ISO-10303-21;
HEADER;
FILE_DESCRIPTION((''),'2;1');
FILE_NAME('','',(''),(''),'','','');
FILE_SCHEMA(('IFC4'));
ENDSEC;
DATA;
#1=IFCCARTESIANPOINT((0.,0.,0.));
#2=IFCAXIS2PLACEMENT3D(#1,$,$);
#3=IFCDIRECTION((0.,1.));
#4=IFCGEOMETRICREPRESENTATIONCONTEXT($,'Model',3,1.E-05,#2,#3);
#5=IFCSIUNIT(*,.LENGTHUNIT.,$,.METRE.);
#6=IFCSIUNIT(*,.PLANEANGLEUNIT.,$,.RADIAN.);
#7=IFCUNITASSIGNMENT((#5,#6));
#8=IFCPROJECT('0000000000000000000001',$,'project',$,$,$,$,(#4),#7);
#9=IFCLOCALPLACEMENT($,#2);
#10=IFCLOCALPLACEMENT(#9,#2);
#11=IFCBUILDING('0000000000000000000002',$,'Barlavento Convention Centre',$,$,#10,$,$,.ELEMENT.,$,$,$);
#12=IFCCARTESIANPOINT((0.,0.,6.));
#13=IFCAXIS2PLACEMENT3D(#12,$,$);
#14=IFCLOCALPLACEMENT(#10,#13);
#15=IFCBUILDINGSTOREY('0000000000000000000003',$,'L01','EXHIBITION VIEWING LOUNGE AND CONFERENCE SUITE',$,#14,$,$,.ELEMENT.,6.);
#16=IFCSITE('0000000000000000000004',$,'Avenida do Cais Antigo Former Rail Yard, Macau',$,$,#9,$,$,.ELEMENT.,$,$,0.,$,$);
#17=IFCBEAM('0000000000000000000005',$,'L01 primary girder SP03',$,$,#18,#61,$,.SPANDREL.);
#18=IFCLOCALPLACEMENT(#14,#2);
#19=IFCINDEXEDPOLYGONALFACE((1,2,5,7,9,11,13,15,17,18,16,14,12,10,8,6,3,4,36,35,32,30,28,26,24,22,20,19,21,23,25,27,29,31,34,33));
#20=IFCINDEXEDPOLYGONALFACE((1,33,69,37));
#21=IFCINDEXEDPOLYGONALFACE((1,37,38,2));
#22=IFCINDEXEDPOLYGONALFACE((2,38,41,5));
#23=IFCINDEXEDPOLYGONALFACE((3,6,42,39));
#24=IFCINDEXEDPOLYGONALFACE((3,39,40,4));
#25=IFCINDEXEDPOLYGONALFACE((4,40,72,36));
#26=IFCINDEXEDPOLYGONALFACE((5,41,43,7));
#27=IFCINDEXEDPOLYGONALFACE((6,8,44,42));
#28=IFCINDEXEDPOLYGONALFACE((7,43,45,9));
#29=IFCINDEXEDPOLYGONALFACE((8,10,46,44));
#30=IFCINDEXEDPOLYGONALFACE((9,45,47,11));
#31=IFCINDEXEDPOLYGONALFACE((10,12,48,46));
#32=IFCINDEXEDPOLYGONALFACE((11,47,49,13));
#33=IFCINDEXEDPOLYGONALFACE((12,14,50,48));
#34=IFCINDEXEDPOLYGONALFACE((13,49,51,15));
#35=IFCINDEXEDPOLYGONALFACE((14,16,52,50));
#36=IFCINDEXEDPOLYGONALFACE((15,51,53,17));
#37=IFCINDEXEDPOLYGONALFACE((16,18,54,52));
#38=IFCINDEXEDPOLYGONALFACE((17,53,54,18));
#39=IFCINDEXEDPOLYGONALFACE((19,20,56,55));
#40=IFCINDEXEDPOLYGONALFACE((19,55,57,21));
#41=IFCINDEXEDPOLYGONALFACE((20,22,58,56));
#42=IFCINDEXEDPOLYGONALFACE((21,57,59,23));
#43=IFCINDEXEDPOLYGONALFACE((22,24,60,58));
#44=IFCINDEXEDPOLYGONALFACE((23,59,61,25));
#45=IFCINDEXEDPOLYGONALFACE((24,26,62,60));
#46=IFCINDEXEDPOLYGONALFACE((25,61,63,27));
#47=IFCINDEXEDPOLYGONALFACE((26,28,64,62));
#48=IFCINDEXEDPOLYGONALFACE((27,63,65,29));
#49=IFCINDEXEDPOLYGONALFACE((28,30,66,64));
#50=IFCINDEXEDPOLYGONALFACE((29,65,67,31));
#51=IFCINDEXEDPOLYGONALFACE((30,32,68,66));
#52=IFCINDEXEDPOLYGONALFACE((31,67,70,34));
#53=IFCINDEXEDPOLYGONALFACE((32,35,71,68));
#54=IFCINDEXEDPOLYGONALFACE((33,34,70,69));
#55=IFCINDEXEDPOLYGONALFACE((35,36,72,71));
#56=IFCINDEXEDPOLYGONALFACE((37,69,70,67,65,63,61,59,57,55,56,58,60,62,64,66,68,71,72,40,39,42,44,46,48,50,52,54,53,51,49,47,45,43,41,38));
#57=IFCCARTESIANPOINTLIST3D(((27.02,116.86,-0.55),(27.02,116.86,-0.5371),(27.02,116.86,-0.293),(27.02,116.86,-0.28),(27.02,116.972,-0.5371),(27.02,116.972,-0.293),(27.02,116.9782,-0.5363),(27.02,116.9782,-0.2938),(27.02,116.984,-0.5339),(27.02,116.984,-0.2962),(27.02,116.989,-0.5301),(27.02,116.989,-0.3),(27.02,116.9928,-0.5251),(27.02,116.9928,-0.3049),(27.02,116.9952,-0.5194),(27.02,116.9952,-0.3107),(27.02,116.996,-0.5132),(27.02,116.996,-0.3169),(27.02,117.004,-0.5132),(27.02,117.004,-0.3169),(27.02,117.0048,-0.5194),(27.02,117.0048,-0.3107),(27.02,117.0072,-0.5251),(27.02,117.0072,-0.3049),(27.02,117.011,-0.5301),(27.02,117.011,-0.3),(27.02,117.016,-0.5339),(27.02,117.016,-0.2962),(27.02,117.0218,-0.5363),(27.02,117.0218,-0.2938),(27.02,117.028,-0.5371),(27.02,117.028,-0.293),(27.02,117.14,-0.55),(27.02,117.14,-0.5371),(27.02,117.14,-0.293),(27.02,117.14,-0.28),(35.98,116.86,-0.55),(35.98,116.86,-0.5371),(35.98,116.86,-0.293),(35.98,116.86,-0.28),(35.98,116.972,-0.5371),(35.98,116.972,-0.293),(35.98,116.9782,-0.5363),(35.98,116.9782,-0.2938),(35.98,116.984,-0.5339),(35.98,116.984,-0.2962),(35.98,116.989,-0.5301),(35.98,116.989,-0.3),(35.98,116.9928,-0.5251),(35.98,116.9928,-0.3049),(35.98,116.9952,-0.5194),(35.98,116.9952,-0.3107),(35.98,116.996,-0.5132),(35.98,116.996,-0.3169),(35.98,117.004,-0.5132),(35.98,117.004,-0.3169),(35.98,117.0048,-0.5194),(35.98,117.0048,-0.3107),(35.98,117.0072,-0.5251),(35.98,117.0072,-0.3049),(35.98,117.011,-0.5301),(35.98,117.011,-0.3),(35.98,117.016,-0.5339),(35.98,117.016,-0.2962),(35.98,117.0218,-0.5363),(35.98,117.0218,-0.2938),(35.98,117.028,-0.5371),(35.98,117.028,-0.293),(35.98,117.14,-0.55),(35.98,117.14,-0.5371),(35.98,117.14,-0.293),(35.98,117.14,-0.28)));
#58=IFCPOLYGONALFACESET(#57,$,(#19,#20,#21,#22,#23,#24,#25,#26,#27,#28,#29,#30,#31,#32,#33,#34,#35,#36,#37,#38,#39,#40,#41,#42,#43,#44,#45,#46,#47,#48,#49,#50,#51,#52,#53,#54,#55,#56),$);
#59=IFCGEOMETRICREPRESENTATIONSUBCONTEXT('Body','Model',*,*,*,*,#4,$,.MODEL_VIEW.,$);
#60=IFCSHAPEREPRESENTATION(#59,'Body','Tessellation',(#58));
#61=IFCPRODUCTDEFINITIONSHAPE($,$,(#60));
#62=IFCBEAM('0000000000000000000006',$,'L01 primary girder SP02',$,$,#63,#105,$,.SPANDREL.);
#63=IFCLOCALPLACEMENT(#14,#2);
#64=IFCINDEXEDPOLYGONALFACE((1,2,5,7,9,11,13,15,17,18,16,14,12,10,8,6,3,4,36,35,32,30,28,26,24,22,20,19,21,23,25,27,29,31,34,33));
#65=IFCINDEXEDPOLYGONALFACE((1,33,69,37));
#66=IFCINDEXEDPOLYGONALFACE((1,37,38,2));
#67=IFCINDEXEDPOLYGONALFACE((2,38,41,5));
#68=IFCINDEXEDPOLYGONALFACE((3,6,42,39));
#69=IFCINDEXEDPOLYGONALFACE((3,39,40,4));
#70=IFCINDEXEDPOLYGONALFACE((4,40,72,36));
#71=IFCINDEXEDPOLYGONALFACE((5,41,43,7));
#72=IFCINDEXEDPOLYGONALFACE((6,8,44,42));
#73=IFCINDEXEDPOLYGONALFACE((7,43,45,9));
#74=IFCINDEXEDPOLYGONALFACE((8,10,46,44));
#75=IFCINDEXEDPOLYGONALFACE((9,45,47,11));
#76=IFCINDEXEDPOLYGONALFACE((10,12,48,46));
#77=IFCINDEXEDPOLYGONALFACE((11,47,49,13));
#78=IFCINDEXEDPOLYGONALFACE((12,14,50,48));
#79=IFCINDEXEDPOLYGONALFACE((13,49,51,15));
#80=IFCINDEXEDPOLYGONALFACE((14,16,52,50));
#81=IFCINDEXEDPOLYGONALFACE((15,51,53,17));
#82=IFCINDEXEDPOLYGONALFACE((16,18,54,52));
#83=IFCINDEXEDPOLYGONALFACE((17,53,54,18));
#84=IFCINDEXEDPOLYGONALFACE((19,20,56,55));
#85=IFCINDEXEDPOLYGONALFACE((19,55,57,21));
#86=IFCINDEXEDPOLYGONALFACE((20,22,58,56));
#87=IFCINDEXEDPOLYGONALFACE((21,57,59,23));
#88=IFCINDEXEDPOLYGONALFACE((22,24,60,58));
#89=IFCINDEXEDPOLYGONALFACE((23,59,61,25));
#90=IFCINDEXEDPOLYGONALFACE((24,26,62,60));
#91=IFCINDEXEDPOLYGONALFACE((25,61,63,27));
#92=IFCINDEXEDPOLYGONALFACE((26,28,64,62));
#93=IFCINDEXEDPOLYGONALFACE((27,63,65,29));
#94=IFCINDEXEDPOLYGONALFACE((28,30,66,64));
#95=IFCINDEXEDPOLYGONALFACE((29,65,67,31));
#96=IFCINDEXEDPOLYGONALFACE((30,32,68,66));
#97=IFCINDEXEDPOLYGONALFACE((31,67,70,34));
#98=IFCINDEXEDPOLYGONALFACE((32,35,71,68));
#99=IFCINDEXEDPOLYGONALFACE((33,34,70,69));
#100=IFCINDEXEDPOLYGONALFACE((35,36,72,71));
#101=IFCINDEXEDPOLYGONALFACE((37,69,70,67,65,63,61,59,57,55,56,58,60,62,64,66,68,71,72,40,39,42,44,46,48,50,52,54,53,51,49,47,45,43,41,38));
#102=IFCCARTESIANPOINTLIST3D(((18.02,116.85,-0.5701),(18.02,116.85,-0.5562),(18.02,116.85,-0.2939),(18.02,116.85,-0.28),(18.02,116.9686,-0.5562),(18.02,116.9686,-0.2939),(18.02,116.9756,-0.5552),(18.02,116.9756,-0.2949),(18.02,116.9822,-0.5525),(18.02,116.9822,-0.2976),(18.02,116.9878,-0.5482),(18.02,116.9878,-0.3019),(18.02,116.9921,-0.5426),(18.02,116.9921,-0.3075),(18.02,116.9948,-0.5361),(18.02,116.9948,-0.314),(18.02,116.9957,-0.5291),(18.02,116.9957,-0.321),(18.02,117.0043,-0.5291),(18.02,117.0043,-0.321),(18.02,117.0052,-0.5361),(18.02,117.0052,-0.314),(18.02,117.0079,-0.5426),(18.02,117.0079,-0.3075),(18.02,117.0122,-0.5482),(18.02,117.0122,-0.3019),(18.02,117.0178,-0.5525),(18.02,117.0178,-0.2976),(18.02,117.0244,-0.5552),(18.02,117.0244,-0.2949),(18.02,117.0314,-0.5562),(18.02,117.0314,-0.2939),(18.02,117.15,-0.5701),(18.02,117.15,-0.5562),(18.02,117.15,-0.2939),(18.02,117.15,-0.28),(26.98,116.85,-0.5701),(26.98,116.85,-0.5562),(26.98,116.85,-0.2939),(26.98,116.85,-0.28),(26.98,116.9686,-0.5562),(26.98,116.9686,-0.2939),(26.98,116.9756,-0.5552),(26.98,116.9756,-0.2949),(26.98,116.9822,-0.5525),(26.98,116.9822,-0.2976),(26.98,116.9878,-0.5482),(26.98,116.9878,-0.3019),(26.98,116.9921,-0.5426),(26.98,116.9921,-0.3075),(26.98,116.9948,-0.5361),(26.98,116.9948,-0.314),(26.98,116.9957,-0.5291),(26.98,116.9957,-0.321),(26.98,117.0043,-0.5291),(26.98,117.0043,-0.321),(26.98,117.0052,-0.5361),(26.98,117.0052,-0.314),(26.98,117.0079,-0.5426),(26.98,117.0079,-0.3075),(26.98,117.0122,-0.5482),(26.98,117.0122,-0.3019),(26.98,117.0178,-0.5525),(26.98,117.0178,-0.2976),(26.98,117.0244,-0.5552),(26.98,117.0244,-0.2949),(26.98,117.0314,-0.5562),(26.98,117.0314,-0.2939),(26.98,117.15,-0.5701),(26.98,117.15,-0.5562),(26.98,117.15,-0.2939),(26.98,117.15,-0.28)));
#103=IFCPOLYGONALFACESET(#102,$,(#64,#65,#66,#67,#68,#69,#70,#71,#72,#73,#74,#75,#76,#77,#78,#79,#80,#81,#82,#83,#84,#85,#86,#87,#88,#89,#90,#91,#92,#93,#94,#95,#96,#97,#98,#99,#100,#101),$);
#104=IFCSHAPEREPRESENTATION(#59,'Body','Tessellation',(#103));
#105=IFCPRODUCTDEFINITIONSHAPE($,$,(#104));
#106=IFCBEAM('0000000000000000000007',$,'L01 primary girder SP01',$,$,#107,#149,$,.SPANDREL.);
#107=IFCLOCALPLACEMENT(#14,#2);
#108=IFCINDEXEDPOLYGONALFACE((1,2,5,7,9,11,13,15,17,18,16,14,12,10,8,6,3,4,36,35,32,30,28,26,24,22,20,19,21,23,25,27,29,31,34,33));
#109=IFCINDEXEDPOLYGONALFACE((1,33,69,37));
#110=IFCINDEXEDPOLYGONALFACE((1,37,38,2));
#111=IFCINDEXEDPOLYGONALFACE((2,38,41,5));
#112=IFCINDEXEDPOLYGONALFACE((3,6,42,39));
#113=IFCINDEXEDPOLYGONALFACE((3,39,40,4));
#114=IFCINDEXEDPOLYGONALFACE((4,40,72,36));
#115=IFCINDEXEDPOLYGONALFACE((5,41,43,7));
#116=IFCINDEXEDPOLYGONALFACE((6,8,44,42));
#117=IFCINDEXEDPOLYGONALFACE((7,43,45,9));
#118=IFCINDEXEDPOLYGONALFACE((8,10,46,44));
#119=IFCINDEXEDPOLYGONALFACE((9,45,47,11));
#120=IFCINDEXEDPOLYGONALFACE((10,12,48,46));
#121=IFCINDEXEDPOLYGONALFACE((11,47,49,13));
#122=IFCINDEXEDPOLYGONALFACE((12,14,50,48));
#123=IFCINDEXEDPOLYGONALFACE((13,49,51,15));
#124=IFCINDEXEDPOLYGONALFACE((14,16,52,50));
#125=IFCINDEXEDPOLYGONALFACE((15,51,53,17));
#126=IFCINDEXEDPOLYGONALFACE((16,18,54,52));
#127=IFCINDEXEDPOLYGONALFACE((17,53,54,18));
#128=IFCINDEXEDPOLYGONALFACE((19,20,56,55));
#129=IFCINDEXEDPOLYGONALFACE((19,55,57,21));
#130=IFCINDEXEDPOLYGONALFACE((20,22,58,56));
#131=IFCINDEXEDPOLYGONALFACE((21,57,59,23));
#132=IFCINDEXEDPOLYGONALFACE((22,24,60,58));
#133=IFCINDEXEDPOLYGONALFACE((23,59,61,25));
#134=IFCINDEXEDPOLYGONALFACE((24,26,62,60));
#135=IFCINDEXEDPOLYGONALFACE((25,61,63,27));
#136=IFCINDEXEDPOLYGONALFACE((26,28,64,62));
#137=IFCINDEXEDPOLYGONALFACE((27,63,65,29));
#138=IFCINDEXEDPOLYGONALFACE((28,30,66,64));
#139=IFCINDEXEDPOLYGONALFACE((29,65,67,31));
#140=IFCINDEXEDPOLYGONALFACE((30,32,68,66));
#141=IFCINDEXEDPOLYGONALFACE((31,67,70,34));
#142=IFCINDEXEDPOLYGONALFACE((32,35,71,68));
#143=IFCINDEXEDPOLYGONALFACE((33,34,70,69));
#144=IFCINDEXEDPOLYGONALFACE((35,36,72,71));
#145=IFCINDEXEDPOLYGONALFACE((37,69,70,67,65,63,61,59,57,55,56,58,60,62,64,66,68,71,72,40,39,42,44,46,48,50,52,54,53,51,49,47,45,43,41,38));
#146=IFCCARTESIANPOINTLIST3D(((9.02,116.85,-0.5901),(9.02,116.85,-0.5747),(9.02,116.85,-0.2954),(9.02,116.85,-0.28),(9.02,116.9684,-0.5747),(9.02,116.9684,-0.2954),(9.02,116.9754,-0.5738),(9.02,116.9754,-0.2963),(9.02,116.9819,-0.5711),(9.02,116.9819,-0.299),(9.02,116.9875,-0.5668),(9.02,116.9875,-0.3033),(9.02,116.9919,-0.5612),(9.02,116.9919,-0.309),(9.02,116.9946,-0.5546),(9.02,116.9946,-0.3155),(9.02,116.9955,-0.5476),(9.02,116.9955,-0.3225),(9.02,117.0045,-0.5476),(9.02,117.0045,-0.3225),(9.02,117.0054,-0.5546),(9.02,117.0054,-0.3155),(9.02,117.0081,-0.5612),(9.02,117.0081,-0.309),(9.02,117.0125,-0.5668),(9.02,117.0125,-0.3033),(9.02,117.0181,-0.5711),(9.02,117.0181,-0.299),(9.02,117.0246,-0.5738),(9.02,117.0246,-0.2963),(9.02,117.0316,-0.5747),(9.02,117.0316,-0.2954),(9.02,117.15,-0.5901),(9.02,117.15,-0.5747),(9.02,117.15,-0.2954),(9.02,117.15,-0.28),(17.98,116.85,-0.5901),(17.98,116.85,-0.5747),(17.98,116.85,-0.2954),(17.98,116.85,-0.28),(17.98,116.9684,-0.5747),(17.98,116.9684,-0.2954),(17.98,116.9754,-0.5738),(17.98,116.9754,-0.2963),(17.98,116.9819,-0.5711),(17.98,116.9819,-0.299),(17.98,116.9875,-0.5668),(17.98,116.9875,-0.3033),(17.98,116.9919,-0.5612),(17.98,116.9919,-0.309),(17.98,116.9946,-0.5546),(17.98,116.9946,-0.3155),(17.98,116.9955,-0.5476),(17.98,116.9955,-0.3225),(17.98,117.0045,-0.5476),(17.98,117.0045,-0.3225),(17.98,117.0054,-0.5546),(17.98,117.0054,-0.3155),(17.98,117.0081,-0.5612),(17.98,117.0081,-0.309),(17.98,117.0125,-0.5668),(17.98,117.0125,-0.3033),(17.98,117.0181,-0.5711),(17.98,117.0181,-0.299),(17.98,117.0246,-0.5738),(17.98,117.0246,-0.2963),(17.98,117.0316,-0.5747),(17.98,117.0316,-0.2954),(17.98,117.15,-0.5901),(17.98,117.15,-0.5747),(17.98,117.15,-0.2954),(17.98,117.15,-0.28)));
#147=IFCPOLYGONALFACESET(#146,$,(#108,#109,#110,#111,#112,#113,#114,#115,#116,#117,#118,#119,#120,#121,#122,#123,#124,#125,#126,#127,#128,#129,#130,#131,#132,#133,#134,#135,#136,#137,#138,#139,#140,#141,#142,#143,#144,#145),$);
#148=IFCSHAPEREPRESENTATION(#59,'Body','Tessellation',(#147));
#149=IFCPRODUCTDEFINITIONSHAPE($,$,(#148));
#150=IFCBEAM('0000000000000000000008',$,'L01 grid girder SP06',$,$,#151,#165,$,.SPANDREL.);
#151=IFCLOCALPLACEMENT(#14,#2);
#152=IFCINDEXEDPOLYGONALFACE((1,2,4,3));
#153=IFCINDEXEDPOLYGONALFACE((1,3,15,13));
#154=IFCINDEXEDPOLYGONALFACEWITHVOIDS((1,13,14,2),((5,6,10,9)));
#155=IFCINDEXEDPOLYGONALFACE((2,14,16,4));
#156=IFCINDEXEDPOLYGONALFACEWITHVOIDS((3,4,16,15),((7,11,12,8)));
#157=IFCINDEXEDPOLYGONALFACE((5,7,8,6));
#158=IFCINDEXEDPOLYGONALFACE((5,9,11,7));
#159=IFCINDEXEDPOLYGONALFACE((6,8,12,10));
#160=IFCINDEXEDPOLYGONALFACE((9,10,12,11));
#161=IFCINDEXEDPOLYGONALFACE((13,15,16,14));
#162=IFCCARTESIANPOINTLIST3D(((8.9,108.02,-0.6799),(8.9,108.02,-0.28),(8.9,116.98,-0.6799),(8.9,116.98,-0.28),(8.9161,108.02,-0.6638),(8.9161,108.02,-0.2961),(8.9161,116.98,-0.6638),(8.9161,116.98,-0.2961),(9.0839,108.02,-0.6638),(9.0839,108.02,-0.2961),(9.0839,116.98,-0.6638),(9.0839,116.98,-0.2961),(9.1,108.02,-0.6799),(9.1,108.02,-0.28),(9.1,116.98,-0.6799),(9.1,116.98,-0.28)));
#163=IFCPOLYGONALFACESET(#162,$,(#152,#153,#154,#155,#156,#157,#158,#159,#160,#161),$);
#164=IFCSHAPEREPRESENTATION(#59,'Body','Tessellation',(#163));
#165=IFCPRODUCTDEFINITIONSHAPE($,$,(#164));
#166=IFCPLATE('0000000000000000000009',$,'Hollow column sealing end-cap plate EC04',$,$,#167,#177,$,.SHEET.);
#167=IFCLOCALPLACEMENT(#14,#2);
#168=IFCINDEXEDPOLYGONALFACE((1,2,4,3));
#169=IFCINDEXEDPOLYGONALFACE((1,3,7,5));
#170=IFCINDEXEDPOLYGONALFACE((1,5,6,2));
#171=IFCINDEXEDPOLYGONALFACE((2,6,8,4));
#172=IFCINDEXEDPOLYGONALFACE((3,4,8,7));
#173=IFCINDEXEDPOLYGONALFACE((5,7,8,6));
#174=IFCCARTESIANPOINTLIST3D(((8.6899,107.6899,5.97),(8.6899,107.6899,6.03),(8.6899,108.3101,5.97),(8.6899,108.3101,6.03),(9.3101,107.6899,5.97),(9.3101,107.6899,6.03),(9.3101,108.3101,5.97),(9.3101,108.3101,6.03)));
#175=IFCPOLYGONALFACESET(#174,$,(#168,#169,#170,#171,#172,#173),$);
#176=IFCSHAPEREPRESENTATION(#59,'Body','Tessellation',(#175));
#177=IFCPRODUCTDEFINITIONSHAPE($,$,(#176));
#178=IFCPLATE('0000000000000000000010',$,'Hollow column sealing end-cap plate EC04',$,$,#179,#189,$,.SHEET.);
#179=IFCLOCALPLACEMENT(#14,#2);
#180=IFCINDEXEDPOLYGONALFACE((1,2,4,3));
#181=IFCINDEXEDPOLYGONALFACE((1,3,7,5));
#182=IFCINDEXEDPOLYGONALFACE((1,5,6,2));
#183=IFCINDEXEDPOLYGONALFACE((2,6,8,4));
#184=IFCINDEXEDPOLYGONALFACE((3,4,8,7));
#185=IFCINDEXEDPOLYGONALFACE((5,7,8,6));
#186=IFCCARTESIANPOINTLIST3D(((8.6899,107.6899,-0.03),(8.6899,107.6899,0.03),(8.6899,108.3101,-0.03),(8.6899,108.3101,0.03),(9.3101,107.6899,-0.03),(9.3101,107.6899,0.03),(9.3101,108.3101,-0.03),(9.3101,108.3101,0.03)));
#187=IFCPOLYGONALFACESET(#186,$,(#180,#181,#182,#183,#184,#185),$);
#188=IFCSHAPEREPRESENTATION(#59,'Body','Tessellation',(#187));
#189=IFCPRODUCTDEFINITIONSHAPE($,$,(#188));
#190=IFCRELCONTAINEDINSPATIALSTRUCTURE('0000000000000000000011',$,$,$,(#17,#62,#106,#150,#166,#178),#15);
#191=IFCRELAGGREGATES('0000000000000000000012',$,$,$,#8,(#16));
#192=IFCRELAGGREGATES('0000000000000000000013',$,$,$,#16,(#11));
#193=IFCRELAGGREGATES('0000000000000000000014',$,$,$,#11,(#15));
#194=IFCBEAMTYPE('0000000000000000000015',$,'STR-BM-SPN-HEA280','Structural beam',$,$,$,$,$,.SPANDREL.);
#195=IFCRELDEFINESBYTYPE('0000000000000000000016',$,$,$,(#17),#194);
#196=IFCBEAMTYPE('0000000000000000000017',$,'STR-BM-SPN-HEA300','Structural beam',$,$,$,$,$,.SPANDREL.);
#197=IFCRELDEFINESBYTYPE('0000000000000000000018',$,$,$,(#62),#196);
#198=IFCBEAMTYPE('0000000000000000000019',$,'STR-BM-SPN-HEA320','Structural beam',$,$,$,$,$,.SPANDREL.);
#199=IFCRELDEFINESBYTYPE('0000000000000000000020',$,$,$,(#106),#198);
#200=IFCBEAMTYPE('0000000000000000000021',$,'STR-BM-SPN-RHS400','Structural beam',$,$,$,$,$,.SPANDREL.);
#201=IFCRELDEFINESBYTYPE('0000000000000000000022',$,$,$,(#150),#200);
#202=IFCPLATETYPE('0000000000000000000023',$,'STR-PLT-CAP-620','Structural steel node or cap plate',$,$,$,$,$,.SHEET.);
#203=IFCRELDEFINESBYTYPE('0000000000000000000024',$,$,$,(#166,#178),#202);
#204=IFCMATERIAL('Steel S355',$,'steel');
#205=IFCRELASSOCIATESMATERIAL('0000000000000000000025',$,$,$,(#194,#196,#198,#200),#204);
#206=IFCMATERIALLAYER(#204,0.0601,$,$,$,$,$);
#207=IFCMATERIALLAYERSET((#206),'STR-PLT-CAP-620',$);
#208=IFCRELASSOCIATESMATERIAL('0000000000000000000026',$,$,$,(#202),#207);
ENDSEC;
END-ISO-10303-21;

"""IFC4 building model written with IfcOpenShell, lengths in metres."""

from ifc_helpers import new_model, si_unit, direction, frame, origin, origin_2d, place, context, subcontext, project, spatial, rectangle, hollow_rectangle, i_section, extrude, material, layer, layer_set, material_profile, profile_set, type_object, element, save


model = new_model("IFC4")

# Units and contexts
model_context = context("Model", 3, precision=1e-05, world=origin(), true_north=direction((0.0, 1.0)))
body_context = subcontext(model_context, "Body", "Model", "MODEL_VIEW")
ifc_project = project(units=[si_unit("LENGTHUNIT", "METRE"), si_unit("PLANEANGLEUNIT", "RADIAN")], contexts=[model_context])

# Site, building, storey
site_placement = place(None, origin())
site = spatial("IfcSite", under=ifc_project, at=site_placement, Name="Avenida do Cais Antigo Former Rail Yard, Macau", CompositionType="ELEMENT", RefElevation=0.0)
building_placement = place(site_placement, origin())
building = spatial("IfcBuilding", under=site, at=building_placement, Name="Barlavento Convention Centre", CompositionType="ELEMENT")
storey_placement = place(building_placement, frame((0.0, 0.0, 6.0)))
storey = spatial("IfcBuildingStorey", under=building, at=storey_placement, Name="L01", Description="EXHIBITION VIEWING LOUNGE AND CONFERENCE SUITE", CompositionType="ELEMENT", Elevation=6.0)

# Shared definitions
ifc_material_1 = material(Name="Steel S355", Category="steel")

# Beams
ifc_material_profile_1 = material_profile(ifc_material_1, i_section(OverallWidth=0.28, OverallDepth=0.27, WebThickness=0.0081, FlangeThickness=0.0129, FilletRadius=0.0239, at=origin_2d()), Name="HEA 280")
ifc_profile_set_1 = profile_set([ifc_material_profile_1], Name="Steel S355")
beam_type_1 = type_object("IfcBeamType", Name="STR-BM-SPN-HEA280", Description="Structural beam", PredefinedType="SPANDREL", material=ifc_profile_set_1)
beam_1_placement = place(storey_placement, frame((27.02, 117.0, -0.415), z_axis=(1.0, 0.0, 0.0), x_axis=(0.0, 1.0, 0.0)))
element("IfcBeam", 1, at=beam_1_placement, inside=storey, type_object=beam_type_1, Name="L01 primary girder SP03", PredefinedType="SPANDREL", context=body_context, shape_type="SweptSolid", body=[
    extrude(i_section(OverallWidth=0.28, OverallDepth=0.27, WebThickness=0.0081, FlangeThickness=0.0129, FilletRadius=0.0239, at=origin_2d()), origin(), (0.0, 0.0, 1.0), 8.96),
])
ifc_material_profile_2 = material_profile(ifc_material_1, i_section(OverallWidth=0.3, OverallDepth=0.29, WebThickness=0.0085, FlangeThickness=0.0139, FilletRadius=0.0271, at=origin_2d()), Name="HEA 300")
ifc_profile_set_2 = profile_set([ifc_material_profile_2], Name="Steel S355")
beam_type_2 = type_object("IfcBeamType", Name="STR-BM-SPN-HEA300", Description="Structural beam", PredefinedType="SPANDREL", material=ifc_profile_set_2)
beam_2_placement = place(storey_placement, frame((18.02, 117.0, -0.425), z_axis=(1.0, 0.0, 0.0), x_axis=(0.0, 1.0, 0.0)))
element("IfcBeam", 2, at=beam_2_placement, inside=storey, type_object=beam_type_2, Name="L01 primary girder SP02", PredefinedType="SPANDREL", context=body_context, shape_type="SweptSolid", body=[
    extrude(i_section(OverallWidth=0.3, OverallDepth=0.29, WebThickness=0.0085, FlangeThickness=0.0139, FilletRadius=0.0271, at=origin_2d()), origin(), (0.0, 0.0, 1.0), 8.96),
])
ifc_material_profile_3 = material_profile(ifc_material_1, i_section(OverallWidth=0.3, OverallDepth=0.3101, WebThickness=0.009, FlangeThickness=0.0154, FilletRadius=0.0271, at=origin_2d()), Name="HEA 320")
ifc_profile_set_3 = profile_set([ifc_material_profile_3], Name="Steel S355")
beam_type_3 = type_object("IfcBeamType", Name="STR-BM-SPN-HEA320", Description="Structural beam", PredefinedType="SPANDREL", material=ifc_profile_set_3)
beam_3_placement = place(storey_placement, frame((9.02, 117.0, -0.4351), z_axis=(1.0, 0.0, 0.0), x_axis=(0.0, 1.0, 0.0)))
element("IfcBeam", 3, at=beam_3_placement, inside=storey, type_object=beam_type_3, Name="L01 primary girder SP01", PredefinedType="SPANDREL", context=body_context, shape_type="SweptSolid", body=[
    extrude(i_section(OverallWidth=0.3, OverallDepth=0.3101, WebThickness=0.009, FlangeThickness=0.0154, FilletRadius=0.0271, at=origin_2d()), origin(), (0.0, 0.0, 1.0), 8.96),
])
ifc_material_profile_4 = material_profile(ifc_material_1, hollow_rectangle(XDim=0.2, YDim=0.3999, WallThickness=0.0161, at=origin_2d()), Name="RHS 400x200x16.0")
ifc_profile_set_4 = profile_set([ifc_material_profile_4], Name="Steel S355")
beam_type_4 = type_object("IfcBeamType", Name="STR-BM-SPN-RHS400", Description="Structural beam", PredefinedType="SPANDREL", material=ifc_profile_set_4)
beam_4_placement = place(storey_placement, frame((9.0, 108.02, -0.48), z_axis=(0.0, 1.0, 0.0), x_axis=(-1.0, 0.0, 0.0)))
element("IfcBeam", 4, at=beam_4_placement, inside=storey, type_object=beam_type_4, Name="L01 grid girder SP06", PredefinedType="SPANDREL", context=body_context, shape_type="SweptSolid", body=[
    extrude(hollow_rectangle(XDim=0.2, YDim=0.3999, WallThickness=0.0161, at=origin_2d()), origin(), (0.0, 0.0, 1.0), 8.96),
])

# Plates
ifc_layer = layer(ifc_material_1, 0.0601)
ifc_layer_set = layer_set([ifc_layer], Name="STR-PLT-CAP-620")
plate_type = type_object("IfcPlateType", Name="STR-PLT-CAP-620", Description="Structural steel node or cap plate", PredefinedType="SHEET", material=ifc_layer_set)
for number, where, z_axis, x_axis, name in (
    (5, (9.0, 108.0, 5.97), (0.0, 0.0, 1.0), (1.0, 0.0, 0.0), "Hollow column sealing end-cap plate EC04"),
    (6, (9.0, 108.0, -0.03), (0.0, 0.0, 1.0), (1.0, 0.0, 0.0), "Hollow column sealing end-cap plate EC04"),
):
    element("IfcPlate", number, at=place(storey_placement, frame(where, z_axis=z_axis, x_axis=x_axis)), inside=storey, type_object=plate_type, Name=name, PredefinedType="SHEET", context=body_context, shape_type="SweptSolid", body=[
        extrude(rectangle(XDim=0.6201, YDim=0.6201, at=origin_2d()), origin(), (0.0, 0.0, 1.0), 0.0601),
    ])

save(model, "model.ifc")
